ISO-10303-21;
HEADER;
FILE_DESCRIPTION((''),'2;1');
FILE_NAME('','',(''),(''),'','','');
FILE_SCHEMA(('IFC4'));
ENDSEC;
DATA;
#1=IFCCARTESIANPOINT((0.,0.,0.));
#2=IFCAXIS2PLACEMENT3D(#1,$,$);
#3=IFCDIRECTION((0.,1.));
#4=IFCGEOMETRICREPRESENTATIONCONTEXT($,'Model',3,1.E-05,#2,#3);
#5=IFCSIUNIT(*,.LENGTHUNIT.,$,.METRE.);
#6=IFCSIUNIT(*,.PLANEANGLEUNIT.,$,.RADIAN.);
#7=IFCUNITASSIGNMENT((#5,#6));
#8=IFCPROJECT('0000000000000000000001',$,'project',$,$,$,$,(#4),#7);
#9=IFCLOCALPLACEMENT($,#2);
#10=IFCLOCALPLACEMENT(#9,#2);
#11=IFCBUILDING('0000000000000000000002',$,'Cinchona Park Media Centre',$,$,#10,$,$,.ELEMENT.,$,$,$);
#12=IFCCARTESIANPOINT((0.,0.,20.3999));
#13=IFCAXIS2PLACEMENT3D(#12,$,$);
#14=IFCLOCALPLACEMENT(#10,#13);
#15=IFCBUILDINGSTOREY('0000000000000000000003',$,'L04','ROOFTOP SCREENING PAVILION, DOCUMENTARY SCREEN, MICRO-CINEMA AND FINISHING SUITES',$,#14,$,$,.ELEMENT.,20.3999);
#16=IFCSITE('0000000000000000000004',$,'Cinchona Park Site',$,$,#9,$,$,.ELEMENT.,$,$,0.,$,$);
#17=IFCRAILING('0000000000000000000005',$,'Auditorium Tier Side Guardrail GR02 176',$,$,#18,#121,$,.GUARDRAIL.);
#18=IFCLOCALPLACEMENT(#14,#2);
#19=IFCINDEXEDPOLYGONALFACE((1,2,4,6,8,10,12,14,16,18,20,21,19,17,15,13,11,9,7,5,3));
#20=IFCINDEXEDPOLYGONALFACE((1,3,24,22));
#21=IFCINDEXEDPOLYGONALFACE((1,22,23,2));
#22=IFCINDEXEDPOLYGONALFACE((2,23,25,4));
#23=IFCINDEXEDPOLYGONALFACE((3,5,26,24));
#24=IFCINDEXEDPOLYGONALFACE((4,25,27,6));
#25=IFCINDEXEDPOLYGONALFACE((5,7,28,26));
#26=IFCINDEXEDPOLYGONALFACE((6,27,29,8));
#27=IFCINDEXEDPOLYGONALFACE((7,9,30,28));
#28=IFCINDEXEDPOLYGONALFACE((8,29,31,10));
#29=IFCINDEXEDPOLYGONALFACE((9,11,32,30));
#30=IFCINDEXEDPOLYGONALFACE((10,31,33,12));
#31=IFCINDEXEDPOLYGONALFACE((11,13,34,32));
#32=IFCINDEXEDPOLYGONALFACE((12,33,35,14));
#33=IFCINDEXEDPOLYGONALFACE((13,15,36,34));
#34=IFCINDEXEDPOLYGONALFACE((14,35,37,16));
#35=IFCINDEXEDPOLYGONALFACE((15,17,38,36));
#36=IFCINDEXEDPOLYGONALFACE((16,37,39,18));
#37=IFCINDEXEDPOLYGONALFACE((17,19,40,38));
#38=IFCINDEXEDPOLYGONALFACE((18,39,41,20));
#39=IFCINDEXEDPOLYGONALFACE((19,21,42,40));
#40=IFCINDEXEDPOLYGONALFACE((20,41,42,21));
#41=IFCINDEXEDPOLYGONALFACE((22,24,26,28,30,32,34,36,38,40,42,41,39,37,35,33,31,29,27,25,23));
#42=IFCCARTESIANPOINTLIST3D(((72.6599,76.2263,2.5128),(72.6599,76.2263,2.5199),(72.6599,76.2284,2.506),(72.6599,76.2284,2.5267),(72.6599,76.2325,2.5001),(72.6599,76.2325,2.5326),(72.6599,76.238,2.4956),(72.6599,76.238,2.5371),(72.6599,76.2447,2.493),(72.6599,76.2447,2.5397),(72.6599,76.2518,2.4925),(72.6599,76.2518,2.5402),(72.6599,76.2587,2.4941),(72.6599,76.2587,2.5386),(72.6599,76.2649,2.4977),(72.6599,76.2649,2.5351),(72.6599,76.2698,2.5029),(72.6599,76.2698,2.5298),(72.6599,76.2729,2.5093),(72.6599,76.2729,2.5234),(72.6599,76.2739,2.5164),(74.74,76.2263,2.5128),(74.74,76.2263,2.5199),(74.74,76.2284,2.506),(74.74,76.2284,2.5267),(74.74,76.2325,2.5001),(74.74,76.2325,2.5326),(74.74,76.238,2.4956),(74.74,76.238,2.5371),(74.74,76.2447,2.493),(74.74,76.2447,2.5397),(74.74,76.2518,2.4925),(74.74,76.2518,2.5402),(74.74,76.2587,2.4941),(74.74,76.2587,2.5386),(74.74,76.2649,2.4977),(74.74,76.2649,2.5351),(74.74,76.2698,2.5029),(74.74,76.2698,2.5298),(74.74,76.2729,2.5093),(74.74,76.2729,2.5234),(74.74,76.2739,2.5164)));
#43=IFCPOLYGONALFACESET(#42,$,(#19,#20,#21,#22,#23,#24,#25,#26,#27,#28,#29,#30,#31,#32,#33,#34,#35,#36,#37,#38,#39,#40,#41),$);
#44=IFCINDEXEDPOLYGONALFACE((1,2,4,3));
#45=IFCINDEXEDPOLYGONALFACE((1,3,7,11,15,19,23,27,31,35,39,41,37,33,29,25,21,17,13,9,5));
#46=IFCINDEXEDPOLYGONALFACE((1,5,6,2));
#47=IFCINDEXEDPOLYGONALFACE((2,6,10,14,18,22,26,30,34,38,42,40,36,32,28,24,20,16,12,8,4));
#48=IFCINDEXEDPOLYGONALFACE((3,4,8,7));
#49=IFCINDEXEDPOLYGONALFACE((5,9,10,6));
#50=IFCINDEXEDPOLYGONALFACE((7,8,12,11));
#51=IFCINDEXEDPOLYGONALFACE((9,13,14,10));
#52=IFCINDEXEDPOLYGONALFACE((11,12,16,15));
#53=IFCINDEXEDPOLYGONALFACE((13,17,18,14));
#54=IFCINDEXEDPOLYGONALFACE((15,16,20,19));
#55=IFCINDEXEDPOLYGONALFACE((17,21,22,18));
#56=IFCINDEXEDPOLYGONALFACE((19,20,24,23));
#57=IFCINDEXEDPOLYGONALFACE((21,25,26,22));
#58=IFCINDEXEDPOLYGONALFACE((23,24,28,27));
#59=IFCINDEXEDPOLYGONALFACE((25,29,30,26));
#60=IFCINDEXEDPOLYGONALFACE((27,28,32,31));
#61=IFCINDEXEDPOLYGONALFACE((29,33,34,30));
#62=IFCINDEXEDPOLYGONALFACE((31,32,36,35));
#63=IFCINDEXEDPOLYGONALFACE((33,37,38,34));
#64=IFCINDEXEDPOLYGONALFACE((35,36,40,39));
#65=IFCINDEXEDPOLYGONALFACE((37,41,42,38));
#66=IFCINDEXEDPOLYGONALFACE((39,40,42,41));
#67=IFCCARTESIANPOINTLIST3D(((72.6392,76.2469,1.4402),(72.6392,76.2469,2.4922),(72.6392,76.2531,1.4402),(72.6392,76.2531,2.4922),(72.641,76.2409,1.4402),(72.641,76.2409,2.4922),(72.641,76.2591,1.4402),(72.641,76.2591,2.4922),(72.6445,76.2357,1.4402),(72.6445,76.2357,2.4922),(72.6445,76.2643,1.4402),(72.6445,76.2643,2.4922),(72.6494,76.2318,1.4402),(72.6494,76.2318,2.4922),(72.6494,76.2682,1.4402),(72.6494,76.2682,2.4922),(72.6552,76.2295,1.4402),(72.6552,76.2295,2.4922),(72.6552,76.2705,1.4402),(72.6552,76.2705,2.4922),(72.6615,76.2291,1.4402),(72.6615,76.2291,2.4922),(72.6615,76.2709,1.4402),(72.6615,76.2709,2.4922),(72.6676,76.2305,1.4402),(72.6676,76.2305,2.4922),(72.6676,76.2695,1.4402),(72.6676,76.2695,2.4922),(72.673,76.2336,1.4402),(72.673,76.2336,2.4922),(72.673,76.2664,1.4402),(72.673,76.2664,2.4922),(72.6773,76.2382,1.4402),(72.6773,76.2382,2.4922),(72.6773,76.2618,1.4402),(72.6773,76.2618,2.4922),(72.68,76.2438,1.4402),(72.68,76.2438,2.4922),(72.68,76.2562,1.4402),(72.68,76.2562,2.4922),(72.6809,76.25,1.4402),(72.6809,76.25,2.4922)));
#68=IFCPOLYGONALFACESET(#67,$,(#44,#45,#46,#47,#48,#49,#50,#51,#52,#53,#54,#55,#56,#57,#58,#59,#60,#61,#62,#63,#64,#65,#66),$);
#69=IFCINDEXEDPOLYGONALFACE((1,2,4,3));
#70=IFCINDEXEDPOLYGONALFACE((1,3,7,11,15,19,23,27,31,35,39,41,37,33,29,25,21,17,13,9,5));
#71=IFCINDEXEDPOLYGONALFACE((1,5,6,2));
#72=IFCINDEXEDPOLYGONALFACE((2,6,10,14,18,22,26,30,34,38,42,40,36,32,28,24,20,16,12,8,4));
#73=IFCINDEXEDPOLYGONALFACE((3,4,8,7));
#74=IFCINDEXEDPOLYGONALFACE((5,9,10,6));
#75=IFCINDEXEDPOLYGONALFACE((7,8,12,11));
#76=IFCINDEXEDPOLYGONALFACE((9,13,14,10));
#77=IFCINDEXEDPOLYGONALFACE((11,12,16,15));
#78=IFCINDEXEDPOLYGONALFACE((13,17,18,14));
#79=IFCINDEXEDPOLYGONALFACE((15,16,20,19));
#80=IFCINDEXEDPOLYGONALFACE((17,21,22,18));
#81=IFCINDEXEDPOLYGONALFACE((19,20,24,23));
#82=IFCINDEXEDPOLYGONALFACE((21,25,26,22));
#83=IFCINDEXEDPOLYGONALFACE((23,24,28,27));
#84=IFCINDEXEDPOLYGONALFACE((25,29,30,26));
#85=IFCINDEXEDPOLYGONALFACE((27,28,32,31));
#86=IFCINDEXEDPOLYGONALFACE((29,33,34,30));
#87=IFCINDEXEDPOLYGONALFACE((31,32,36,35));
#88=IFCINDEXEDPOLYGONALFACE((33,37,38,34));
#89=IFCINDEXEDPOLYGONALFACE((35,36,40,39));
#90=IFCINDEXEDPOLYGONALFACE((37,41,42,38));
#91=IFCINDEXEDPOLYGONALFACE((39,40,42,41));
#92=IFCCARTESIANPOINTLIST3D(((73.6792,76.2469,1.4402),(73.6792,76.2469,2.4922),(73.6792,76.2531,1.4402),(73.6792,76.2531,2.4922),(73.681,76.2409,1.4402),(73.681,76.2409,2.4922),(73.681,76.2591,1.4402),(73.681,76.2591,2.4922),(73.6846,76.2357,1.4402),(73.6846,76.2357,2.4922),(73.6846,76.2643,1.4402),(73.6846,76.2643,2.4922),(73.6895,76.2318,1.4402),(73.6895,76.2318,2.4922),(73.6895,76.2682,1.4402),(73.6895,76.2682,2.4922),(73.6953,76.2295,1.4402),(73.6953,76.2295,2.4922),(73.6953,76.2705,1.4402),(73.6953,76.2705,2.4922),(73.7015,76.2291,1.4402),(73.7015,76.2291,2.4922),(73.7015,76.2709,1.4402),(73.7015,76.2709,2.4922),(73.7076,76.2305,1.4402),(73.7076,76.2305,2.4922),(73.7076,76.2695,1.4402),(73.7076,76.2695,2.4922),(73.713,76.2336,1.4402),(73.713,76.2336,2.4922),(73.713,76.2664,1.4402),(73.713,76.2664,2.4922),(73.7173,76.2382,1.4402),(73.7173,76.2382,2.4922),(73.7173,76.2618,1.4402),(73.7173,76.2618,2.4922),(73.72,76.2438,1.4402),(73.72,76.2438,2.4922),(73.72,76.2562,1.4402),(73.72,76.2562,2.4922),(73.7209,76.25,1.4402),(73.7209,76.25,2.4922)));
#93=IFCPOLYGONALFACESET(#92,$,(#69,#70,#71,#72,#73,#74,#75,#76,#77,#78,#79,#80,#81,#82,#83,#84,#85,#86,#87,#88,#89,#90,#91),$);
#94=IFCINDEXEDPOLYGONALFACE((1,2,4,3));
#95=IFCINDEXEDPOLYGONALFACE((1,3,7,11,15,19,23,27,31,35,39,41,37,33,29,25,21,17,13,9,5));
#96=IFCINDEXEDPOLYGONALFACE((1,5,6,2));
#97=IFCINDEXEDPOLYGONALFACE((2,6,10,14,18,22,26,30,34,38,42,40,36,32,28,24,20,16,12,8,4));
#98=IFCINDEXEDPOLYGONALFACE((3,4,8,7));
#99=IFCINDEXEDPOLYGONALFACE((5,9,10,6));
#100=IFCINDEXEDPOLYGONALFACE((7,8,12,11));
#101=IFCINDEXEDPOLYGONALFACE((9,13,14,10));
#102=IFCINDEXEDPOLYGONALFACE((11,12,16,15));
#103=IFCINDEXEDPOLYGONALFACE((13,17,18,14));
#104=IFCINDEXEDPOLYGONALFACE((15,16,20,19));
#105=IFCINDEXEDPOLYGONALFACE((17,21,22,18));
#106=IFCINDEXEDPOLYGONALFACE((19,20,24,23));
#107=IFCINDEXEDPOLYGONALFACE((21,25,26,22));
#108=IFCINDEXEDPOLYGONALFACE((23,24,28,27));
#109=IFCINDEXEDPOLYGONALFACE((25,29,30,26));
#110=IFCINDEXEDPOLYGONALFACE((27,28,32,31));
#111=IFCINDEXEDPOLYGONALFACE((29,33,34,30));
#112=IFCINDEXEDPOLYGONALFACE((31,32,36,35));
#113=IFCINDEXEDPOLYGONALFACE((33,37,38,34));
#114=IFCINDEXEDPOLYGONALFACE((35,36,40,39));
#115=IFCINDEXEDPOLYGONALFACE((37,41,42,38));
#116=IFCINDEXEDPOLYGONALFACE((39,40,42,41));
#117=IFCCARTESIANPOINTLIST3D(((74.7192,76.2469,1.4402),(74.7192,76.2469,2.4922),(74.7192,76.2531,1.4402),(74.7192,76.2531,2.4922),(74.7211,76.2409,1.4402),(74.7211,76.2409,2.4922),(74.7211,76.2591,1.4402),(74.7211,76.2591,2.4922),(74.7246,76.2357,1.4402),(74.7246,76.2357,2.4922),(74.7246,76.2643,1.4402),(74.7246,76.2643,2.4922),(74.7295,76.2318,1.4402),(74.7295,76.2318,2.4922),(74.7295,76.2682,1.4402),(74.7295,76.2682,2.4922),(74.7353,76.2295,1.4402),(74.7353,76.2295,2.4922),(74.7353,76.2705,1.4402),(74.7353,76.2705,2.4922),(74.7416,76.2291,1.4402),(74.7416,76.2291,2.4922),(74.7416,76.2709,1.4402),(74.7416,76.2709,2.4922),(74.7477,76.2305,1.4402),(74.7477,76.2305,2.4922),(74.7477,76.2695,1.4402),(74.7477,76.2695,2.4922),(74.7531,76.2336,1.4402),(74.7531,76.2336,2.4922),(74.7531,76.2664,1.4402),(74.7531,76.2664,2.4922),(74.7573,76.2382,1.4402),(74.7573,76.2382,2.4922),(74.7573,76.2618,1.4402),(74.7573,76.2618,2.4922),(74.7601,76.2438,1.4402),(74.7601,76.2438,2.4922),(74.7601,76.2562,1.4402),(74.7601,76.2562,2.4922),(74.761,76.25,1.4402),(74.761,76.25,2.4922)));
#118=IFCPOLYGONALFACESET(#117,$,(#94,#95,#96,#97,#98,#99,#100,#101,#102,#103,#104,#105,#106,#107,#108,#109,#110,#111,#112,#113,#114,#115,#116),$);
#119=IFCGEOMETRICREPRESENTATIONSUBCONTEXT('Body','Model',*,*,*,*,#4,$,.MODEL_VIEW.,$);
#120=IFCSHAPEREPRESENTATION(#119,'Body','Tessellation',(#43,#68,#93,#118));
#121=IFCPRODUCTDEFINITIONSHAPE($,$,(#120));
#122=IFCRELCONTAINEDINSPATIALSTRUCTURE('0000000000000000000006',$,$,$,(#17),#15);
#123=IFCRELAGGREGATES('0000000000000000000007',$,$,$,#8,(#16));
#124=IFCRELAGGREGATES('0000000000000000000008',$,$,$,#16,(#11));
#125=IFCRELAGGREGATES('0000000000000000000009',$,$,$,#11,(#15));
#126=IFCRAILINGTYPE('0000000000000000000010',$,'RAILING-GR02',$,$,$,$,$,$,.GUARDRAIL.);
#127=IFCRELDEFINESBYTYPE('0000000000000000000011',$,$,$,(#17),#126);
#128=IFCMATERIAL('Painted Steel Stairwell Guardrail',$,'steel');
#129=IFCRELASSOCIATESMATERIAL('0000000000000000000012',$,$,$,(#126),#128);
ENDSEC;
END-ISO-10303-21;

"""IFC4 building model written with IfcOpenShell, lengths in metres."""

from ifc_helpers import new_model, si_unit, direction, frame, origin, origin_2d, place, context, subcontext, project, spatial, circle, extrude, material, type_object, element, save


model = new_model("IFC4")

# Units and contexts
model_context = context("Model", 3, precision=1e-05, world=origin(), true_north=direction((0.0, 1.0)))
body_context = subcontext(model_context, "Body", "Model", "MODEL_VIEW")
ifc_project = project(units=[si_unit("LENGTHUNIT", "METRE"), si_unit("PLANEANGLEUNIT", "RADIAN")], contexts=[model_context])

# Site, building, storey
site_placement = place(None, origin())
site = spatial("IfcSite", under=ifc_project, at=site_placement, Name="Cinchona Park Site", CompositionType="ELEMENT", RefElevation=0.0)
building_placement = place(site_placement, origin())
building = spatial("IfcBuilding", under=site, at=building_placement, Name="Cinchona Park Media Centre", CompositionType="ELEMENT")
storey_placement = place(building_placement, frame((0.0, 0.0, 20.3999)))
storey = spatial("IfcBuildingStorey", under=building, at=storey_placement, Name="L04", Description="ROOFTOP SCREENING PAVILION, DOCUMENTARY SCREEN, MICRO-CINEMA AND FINISHING SUITES", CompositionType="ELEMENT", Elevation=20.3999)

# Railing
ifc_material_1 = material(Name="Painted Steel Stairwell Guardrail", Category="steel")
railing_type_1 = type_object("IfcRailingType", Name="RAILING-GR02", PredefinedType="GUARDRAIL", material=ifc_material_1)
railing_1_placement = place(storey_placement, frame((72.6599, 76.25, 1.4402)))
element("IfcRailing", 1, at=railing_1_placement, inside=storey, type_object=railing_type_1, Name="Auditorium Tier Side Guardrail GR02 176", PredefinedType="GUARDRAIL", context=body_context, shape_type="SweptSolid", body=[
    extrude(circle(Radius=0.0239, at=origin_2d()), frame((0.0, 0.0, 1.0762), z_axis=(1.0, 0.0, 0.0), x_axis=(0.0, 1.0, 0.0)), (0.0, 0.0, 1.0), 2.0801),
    extrude(circle(Radius=0.021, at=origin_2d()), origin(), (0.0, 0.0, 1.0), 1.052),
    extrude(circle(Radius=0.021, at=origin_2d()), frame((1.04, 0.0, 0.0)), (0.0, 0.0, 1.0), 1.052),
    extrude(circle(Radius=0.021, at=origin_2d()), frame((2.0801, 0.0, 0.0)), (0.0, 0.0, 1.0), 1.052),
])

save(model, "model.ifc")
